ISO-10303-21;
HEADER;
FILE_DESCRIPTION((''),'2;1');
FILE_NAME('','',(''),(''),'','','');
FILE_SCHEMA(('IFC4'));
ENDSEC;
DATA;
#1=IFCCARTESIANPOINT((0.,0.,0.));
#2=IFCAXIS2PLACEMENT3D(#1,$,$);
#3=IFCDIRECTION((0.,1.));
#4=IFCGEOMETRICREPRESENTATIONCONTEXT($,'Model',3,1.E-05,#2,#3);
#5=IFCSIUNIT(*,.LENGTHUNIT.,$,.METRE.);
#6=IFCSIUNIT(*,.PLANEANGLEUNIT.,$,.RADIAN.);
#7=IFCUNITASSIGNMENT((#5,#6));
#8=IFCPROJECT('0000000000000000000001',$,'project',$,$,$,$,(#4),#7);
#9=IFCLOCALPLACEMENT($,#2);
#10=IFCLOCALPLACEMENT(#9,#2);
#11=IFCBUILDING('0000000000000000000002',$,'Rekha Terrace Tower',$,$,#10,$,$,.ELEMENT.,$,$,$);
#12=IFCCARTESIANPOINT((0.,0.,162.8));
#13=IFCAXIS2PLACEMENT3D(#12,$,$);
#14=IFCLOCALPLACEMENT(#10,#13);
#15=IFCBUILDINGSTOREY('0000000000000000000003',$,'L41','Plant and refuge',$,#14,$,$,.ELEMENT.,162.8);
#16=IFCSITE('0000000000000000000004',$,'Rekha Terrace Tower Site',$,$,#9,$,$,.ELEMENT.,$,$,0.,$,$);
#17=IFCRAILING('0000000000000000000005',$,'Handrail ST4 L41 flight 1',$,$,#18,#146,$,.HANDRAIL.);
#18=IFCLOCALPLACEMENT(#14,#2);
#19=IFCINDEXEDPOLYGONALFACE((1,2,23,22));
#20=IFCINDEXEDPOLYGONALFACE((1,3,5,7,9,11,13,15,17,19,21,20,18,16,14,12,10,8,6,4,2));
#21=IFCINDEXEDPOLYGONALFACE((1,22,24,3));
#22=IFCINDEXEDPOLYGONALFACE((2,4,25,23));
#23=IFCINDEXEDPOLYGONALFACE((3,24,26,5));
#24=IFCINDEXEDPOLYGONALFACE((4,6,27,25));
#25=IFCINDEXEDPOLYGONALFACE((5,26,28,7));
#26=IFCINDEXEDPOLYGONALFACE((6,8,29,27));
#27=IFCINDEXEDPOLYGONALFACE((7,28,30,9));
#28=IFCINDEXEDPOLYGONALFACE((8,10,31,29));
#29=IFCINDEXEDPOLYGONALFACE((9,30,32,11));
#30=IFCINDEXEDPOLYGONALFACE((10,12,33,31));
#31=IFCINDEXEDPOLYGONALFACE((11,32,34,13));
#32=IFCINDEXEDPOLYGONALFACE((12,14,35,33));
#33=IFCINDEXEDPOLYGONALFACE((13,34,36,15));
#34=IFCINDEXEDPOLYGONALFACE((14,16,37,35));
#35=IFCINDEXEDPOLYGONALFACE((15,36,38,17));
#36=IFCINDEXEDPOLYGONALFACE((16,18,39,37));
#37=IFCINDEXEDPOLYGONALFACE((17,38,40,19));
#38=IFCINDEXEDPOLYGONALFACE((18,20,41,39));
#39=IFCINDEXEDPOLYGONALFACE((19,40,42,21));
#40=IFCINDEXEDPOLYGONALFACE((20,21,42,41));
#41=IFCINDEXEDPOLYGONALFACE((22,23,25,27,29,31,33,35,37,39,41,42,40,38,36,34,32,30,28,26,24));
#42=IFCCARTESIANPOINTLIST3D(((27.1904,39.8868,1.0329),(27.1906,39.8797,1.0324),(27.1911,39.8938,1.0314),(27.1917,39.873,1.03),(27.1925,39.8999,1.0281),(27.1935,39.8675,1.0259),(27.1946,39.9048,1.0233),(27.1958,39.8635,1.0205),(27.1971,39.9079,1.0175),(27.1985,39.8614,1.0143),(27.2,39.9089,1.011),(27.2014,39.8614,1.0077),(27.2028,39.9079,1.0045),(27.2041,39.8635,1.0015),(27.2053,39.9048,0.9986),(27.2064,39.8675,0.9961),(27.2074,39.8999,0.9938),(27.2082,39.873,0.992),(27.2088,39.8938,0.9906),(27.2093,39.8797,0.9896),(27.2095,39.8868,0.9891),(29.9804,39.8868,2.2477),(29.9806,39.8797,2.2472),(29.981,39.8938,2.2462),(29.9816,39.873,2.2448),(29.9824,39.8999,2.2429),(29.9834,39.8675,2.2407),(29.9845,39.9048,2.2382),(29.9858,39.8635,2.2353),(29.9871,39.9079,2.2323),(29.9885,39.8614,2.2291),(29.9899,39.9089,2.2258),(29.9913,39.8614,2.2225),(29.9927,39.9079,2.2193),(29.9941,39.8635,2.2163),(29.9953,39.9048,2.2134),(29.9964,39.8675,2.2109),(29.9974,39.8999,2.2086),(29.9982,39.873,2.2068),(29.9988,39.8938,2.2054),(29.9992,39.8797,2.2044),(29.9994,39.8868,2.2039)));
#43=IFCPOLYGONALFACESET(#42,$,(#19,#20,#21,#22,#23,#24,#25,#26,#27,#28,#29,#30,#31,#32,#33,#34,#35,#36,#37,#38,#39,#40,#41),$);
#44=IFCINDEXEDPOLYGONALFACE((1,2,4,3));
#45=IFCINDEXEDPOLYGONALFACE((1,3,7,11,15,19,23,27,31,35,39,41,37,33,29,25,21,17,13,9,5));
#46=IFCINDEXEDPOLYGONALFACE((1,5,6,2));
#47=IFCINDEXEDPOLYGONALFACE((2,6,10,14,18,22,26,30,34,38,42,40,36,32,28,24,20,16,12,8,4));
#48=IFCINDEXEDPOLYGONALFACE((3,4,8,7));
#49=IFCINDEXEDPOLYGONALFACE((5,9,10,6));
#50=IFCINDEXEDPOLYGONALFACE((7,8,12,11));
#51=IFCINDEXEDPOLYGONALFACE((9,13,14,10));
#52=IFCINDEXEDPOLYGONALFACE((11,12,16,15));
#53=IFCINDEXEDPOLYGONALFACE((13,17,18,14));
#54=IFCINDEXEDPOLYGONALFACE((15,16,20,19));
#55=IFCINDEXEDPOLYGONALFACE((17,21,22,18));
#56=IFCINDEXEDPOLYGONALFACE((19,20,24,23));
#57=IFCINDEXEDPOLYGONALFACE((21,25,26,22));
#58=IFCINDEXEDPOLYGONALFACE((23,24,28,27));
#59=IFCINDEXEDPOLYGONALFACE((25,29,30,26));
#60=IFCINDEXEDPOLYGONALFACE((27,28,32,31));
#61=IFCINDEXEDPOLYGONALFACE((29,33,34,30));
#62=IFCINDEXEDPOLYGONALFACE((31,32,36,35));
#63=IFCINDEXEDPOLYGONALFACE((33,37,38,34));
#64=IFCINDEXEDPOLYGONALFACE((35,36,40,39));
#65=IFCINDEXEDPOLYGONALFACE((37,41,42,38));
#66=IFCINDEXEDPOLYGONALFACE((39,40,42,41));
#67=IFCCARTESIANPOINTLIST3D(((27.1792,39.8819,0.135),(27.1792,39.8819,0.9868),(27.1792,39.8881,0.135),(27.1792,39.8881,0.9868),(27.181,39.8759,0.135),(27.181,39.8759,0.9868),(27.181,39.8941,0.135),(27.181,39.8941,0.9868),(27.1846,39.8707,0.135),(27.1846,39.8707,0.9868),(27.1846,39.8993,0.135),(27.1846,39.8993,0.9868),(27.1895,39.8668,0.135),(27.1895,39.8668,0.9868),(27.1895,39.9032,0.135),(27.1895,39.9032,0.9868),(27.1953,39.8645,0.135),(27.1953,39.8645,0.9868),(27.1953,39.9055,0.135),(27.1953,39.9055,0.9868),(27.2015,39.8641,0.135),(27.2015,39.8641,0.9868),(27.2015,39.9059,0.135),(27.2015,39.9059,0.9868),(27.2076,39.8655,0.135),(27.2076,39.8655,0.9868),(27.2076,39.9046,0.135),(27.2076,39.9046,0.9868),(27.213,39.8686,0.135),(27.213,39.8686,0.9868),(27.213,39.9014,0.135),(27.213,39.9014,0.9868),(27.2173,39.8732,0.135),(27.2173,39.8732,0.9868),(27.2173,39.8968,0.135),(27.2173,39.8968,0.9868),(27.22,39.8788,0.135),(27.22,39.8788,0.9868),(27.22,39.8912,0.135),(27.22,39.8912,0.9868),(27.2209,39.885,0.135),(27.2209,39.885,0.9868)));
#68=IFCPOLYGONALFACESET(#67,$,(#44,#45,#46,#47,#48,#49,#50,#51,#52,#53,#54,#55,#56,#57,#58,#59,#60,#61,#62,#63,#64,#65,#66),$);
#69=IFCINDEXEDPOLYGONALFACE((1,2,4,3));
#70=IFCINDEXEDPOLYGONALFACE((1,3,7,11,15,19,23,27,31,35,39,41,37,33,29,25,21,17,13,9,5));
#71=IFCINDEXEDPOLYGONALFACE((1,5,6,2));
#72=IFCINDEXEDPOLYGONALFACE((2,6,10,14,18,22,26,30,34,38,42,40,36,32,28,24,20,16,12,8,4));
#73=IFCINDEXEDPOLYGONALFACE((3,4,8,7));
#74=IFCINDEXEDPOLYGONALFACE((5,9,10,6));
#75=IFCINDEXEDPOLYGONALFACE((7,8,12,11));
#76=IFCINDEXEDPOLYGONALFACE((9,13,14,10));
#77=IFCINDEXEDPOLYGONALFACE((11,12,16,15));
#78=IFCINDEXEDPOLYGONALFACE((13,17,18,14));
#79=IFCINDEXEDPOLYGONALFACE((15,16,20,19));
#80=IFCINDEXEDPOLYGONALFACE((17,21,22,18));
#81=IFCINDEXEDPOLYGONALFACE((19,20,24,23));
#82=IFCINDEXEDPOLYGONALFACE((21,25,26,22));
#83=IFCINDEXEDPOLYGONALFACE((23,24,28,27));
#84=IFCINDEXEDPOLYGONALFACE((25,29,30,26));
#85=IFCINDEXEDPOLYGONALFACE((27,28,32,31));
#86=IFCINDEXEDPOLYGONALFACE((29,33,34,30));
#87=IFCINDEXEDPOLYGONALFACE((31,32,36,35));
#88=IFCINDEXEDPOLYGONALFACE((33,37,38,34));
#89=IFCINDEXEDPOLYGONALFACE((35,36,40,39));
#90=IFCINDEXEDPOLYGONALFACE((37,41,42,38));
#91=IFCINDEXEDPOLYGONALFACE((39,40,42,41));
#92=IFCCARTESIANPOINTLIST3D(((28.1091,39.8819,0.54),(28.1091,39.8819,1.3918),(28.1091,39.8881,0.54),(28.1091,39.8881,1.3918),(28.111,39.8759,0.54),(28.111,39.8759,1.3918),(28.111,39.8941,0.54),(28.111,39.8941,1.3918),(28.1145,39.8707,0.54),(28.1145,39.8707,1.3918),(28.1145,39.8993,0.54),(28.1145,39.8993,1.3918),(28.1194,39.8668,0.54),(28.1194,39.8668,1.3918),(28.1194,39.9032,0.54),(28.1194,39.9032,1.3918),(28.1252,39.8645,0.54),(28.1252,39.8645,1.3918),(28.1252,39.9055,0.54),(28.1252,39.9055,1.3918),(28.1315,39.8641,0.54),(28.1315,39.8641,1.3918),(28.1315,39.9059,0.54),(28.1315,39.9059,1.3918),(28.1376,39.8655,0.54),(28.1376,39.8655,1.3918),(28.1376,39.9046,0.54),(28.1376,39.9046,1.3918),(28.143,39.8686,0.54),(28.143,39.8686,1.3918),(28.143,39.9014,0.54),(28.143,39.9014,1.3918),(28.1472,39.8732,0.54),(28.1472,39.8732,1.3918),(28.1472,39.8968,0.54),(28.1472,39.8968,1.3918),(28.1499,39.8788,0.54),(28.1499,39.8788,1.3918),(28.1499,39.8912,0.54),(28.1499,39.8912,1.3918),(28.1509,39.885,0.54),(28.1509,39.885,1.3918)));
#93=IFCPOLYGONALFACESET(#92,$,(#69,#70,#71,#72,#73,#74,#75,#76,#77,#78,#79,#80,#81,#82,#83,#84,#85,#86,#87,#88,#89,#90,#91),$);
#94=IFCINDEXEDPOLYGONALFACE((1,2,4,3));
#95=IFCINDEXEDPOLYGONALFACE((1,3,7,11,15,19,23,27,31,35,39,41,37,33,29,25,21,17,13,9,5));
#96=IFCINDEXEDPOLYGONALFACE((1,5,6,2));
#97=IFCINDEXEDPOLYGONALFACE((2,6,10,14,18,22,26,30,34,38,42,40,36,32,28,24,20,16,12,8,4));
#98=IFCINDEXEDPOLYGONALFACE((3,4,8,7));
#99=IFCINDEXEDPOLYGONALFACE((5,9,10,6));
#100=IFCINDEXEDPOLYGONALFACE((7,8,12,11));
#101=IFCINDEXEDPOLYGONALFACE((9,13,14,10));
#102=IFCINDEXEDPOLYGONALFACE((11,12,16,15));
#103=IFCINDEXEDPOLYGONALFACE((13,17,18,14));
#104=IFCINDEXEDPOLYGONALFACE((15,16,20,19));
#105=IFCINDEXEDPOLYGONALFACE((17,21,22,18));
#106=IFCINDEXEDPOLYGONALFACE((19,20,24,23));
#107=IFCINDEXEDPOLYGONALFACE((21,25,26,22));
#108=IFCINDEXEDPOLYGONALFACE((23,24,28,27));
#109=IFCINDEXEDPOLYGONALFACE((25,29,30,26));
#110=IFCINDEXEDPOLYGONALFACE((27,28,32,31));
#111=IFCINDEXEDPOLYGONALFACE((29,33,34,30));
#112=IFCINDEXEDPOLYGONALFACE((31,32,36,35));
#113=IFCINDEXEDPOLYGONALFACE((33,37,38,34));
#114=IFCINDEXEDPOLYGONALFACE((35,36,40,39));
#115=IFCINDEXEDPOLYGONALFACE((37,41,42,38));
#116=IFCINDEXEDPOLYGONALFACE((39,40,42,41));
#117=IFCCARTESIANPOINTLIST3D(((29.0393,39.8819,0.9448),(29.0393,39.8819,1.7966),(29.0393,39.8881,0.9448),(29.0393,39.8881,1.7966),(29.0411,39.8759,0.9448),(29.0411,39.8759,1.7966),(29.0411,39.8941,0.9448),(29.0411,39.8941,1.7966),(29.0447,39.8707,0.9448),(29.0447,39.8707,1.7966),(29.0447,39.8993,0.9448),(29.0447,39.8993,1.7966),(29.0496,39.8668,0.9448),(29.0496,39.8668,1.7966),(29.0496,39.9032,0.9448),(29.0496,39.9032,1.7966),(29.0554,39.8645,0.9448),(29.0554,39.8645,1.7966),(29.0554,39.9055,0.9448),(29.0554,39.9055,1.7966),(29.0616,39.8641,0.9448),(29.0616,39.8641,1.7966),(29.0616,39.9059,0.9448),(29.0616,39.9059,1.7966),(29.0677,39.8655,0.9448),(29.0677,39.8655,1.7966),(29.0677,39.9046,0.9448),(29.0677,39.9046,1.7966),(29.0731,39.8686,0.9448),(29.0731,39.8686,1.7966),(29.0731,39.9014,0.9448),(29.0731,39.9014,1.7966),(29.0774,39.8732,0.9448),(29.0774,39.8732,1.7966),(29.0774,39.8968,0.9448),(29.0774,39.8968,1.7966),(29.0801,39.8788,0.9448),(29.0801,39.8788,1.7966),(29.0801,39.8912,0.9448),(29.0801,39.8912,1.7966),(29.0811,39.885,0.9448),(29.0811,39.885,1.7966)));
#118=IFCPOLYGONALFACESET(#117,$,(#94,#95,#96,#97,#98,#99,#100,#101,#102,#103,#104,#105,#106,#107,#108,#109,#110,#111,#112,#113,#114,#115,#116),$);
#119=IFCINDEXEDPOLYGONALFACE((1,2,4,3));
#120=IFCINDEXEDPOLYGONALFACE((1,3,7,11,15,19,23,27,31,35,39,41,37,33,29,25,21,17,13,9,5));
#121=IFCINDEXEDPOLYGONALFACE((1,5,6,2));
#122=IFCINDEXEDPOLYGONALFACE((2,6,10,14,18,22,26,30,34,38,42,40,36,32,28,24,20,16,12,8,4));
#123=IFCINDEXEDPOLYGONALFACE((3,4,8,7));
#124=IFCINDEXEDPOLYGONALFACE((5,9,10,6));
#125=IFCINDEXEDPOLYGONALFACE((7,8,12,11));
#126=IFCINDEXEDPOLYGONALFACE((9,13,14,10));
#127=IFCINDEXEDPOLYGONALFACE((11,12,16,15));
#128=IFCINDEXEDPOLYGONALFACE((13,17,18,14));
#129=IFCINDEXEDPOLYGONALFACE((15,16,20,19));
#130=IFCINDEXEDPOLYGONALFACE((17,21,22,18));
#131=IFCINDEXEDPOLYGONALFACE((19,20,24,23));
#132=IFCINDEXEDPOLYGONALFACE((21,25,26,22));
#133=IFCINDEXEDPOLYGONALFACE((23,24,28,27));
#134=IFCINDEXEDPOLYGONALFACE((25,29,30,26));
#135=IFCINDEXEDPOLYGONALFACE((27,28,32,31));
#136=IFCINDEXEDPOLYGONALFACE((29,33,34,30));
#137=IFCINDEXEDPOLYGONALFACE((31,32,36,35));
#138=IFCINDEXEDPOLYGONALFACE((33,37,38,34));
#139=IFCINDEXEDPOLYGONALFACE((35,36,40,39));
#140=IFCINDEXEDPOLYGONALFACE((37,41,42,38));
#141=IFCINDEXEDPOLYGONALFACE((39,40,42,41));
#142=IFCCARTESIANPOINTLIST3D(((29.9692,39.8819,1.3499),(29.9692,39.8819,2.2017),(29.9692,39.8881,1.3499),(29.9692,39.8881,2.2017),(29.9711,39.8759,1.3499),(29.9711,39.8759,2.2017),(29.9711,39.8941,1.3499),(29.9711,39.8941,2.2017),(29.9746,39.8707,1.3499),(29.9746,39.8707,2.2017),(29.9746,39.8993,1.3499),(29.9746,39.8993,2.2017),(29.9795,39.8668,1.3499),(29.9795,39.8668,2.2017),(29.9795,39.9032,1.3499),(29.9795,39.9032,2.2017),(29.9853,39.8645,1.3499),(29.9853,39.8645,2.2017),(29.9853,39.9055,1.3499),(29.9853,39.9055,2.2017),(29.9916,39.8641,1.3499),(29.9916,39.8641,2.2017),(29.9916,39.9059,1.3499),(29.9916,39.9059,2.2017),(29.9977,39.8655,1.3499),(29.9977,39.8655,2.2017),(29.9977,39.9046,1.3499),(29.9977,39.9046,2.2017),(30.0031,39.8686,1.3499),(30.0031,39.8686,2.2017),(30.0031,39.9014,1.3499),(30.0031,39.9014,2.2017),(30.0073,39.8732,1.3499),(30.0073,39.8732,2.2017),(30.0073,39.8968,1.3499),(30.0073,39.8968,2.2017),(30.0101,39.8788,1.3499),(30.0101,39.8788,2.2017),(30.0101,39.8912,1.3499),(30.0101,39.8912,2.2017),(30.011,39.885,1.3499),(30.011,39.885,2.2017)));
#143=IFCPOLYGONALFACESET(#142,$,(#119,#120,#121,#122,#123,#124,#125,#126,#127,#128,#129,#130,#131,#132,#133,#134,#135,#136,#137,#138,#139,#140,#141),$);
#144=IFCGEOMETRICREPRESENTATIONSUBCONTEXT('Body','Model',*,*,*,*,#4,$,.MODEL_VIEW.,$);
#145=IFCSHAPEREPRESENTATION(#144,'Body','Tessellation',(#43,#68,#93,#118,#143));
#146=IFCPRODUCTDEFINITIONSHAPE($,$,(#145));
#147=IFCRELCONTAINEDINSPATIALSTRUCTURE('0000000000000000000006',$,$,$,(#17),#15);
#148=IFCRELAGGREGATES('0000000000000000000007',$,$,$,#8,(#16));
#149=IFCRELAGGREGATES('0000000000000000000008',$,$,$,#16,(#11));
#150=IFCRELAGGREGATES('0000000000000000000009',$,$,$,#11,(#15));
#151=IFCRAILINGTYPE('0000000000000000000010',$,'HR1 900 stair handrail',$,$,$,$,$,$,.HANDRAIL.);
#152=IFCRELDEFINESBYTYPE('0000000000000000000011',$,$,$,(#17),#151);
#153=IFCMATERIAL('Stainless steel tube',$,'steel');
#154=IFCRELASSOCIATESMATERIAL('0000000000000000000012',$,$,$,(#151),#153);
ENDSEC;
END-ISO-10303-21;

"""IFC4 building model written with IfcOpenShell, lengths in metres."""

from ifc_helpers import new_model, si_unit, direction, frame, origin, origin_2d, place, context, subcontext, project, spatial, circle, extrude, material, type_object, element, save


model = new_model("IFC4")

# Units and contexts
model_context = context("Model", 3, precision=1e-05, world=origin(), true_north=direction((0.0, 1.0)))
body_context = subcontext(model_context, "Body", "Model", "MODEL_VIEW")
ifc_project = project(units=[si_unit("LENGTHUNIT", "METRE"), si_unit("PLANEANGLEUNIT", "RADIAN")], contexts=[model_context])

# Site, building, storey
site_placement = place(None, origin())
site = spatial("IfcSite", under=ifc_project, at=site_placement, Name="Rekha Terrace Tower Site", CompositionType="ELEMENT", RefElevation=0.0)
building_placement = place(site_placement, origin())
building = spatial("IfcBuilding", under=site, at=building_placement, Name="Rekha Terrace Tower", CompositionType="ELEMENT")
storey_placement = place(building_placement, frame((0.0, 0.0, 162.8)))
storey = spatial("IfcBuildingStorey", under=building, at=storey_placement, Name="L41", Description="Plant and refuge", CompositionType="ELEMENT", Elevation=162.8)

# Railing
ifc_material_1 = material(Name="Stainless steel tube", Category="steel")
railing_type_1 = type_object("IfcRailingType", Name="HR1 900 stair handrail", PredefinedType="HANDRAIL", material=ifc_material_1)
railing_1_placement = place(storey_placement, frame((27.2, 39.885, 0.135)))
element("IfcRailing", 1, at=railing_1_placement, inside=storey, type_object=railing_type_1, Name="Handrail ST4 L41 flight 1", PredefinedType="HANDRAIL", context=body_context, shape_type="SweptSolid", body=[
    extrude(circle(Radius=0.0239, at=origin_2d()), frame((0.0, 0.0, 0.876), z_axis=(0.916856, 0.0, 0.399219), x_axis=(0.0, 1.0, 0.0)), (0.0, 0.0, 1.0), 3.043),
    extrude(circle(Radius=0.021, at=origin_2d()), origin(), (0.0, 0.0, 1.0), 0.8518),
    extrude(circle(Radius=0.021, at=origin_2d()), frame((0.9299, 0.0, 0.405)), (0.0, 0.0, 1.0), 0.8518),
    extrude(circle(Radius=0.021, at=origin_2d()), frame((1.8601, 0.0, 0.8098)), (0.0, 0.0, 1.0), 0.8518),
    extrude(circle(Radius=0.021, at=origin_2d()), frame((2.79, 0.0, 1.2148)), (0.0, 0.0, 1.0), 0.8518),
])

save(model, "model.ifc")
